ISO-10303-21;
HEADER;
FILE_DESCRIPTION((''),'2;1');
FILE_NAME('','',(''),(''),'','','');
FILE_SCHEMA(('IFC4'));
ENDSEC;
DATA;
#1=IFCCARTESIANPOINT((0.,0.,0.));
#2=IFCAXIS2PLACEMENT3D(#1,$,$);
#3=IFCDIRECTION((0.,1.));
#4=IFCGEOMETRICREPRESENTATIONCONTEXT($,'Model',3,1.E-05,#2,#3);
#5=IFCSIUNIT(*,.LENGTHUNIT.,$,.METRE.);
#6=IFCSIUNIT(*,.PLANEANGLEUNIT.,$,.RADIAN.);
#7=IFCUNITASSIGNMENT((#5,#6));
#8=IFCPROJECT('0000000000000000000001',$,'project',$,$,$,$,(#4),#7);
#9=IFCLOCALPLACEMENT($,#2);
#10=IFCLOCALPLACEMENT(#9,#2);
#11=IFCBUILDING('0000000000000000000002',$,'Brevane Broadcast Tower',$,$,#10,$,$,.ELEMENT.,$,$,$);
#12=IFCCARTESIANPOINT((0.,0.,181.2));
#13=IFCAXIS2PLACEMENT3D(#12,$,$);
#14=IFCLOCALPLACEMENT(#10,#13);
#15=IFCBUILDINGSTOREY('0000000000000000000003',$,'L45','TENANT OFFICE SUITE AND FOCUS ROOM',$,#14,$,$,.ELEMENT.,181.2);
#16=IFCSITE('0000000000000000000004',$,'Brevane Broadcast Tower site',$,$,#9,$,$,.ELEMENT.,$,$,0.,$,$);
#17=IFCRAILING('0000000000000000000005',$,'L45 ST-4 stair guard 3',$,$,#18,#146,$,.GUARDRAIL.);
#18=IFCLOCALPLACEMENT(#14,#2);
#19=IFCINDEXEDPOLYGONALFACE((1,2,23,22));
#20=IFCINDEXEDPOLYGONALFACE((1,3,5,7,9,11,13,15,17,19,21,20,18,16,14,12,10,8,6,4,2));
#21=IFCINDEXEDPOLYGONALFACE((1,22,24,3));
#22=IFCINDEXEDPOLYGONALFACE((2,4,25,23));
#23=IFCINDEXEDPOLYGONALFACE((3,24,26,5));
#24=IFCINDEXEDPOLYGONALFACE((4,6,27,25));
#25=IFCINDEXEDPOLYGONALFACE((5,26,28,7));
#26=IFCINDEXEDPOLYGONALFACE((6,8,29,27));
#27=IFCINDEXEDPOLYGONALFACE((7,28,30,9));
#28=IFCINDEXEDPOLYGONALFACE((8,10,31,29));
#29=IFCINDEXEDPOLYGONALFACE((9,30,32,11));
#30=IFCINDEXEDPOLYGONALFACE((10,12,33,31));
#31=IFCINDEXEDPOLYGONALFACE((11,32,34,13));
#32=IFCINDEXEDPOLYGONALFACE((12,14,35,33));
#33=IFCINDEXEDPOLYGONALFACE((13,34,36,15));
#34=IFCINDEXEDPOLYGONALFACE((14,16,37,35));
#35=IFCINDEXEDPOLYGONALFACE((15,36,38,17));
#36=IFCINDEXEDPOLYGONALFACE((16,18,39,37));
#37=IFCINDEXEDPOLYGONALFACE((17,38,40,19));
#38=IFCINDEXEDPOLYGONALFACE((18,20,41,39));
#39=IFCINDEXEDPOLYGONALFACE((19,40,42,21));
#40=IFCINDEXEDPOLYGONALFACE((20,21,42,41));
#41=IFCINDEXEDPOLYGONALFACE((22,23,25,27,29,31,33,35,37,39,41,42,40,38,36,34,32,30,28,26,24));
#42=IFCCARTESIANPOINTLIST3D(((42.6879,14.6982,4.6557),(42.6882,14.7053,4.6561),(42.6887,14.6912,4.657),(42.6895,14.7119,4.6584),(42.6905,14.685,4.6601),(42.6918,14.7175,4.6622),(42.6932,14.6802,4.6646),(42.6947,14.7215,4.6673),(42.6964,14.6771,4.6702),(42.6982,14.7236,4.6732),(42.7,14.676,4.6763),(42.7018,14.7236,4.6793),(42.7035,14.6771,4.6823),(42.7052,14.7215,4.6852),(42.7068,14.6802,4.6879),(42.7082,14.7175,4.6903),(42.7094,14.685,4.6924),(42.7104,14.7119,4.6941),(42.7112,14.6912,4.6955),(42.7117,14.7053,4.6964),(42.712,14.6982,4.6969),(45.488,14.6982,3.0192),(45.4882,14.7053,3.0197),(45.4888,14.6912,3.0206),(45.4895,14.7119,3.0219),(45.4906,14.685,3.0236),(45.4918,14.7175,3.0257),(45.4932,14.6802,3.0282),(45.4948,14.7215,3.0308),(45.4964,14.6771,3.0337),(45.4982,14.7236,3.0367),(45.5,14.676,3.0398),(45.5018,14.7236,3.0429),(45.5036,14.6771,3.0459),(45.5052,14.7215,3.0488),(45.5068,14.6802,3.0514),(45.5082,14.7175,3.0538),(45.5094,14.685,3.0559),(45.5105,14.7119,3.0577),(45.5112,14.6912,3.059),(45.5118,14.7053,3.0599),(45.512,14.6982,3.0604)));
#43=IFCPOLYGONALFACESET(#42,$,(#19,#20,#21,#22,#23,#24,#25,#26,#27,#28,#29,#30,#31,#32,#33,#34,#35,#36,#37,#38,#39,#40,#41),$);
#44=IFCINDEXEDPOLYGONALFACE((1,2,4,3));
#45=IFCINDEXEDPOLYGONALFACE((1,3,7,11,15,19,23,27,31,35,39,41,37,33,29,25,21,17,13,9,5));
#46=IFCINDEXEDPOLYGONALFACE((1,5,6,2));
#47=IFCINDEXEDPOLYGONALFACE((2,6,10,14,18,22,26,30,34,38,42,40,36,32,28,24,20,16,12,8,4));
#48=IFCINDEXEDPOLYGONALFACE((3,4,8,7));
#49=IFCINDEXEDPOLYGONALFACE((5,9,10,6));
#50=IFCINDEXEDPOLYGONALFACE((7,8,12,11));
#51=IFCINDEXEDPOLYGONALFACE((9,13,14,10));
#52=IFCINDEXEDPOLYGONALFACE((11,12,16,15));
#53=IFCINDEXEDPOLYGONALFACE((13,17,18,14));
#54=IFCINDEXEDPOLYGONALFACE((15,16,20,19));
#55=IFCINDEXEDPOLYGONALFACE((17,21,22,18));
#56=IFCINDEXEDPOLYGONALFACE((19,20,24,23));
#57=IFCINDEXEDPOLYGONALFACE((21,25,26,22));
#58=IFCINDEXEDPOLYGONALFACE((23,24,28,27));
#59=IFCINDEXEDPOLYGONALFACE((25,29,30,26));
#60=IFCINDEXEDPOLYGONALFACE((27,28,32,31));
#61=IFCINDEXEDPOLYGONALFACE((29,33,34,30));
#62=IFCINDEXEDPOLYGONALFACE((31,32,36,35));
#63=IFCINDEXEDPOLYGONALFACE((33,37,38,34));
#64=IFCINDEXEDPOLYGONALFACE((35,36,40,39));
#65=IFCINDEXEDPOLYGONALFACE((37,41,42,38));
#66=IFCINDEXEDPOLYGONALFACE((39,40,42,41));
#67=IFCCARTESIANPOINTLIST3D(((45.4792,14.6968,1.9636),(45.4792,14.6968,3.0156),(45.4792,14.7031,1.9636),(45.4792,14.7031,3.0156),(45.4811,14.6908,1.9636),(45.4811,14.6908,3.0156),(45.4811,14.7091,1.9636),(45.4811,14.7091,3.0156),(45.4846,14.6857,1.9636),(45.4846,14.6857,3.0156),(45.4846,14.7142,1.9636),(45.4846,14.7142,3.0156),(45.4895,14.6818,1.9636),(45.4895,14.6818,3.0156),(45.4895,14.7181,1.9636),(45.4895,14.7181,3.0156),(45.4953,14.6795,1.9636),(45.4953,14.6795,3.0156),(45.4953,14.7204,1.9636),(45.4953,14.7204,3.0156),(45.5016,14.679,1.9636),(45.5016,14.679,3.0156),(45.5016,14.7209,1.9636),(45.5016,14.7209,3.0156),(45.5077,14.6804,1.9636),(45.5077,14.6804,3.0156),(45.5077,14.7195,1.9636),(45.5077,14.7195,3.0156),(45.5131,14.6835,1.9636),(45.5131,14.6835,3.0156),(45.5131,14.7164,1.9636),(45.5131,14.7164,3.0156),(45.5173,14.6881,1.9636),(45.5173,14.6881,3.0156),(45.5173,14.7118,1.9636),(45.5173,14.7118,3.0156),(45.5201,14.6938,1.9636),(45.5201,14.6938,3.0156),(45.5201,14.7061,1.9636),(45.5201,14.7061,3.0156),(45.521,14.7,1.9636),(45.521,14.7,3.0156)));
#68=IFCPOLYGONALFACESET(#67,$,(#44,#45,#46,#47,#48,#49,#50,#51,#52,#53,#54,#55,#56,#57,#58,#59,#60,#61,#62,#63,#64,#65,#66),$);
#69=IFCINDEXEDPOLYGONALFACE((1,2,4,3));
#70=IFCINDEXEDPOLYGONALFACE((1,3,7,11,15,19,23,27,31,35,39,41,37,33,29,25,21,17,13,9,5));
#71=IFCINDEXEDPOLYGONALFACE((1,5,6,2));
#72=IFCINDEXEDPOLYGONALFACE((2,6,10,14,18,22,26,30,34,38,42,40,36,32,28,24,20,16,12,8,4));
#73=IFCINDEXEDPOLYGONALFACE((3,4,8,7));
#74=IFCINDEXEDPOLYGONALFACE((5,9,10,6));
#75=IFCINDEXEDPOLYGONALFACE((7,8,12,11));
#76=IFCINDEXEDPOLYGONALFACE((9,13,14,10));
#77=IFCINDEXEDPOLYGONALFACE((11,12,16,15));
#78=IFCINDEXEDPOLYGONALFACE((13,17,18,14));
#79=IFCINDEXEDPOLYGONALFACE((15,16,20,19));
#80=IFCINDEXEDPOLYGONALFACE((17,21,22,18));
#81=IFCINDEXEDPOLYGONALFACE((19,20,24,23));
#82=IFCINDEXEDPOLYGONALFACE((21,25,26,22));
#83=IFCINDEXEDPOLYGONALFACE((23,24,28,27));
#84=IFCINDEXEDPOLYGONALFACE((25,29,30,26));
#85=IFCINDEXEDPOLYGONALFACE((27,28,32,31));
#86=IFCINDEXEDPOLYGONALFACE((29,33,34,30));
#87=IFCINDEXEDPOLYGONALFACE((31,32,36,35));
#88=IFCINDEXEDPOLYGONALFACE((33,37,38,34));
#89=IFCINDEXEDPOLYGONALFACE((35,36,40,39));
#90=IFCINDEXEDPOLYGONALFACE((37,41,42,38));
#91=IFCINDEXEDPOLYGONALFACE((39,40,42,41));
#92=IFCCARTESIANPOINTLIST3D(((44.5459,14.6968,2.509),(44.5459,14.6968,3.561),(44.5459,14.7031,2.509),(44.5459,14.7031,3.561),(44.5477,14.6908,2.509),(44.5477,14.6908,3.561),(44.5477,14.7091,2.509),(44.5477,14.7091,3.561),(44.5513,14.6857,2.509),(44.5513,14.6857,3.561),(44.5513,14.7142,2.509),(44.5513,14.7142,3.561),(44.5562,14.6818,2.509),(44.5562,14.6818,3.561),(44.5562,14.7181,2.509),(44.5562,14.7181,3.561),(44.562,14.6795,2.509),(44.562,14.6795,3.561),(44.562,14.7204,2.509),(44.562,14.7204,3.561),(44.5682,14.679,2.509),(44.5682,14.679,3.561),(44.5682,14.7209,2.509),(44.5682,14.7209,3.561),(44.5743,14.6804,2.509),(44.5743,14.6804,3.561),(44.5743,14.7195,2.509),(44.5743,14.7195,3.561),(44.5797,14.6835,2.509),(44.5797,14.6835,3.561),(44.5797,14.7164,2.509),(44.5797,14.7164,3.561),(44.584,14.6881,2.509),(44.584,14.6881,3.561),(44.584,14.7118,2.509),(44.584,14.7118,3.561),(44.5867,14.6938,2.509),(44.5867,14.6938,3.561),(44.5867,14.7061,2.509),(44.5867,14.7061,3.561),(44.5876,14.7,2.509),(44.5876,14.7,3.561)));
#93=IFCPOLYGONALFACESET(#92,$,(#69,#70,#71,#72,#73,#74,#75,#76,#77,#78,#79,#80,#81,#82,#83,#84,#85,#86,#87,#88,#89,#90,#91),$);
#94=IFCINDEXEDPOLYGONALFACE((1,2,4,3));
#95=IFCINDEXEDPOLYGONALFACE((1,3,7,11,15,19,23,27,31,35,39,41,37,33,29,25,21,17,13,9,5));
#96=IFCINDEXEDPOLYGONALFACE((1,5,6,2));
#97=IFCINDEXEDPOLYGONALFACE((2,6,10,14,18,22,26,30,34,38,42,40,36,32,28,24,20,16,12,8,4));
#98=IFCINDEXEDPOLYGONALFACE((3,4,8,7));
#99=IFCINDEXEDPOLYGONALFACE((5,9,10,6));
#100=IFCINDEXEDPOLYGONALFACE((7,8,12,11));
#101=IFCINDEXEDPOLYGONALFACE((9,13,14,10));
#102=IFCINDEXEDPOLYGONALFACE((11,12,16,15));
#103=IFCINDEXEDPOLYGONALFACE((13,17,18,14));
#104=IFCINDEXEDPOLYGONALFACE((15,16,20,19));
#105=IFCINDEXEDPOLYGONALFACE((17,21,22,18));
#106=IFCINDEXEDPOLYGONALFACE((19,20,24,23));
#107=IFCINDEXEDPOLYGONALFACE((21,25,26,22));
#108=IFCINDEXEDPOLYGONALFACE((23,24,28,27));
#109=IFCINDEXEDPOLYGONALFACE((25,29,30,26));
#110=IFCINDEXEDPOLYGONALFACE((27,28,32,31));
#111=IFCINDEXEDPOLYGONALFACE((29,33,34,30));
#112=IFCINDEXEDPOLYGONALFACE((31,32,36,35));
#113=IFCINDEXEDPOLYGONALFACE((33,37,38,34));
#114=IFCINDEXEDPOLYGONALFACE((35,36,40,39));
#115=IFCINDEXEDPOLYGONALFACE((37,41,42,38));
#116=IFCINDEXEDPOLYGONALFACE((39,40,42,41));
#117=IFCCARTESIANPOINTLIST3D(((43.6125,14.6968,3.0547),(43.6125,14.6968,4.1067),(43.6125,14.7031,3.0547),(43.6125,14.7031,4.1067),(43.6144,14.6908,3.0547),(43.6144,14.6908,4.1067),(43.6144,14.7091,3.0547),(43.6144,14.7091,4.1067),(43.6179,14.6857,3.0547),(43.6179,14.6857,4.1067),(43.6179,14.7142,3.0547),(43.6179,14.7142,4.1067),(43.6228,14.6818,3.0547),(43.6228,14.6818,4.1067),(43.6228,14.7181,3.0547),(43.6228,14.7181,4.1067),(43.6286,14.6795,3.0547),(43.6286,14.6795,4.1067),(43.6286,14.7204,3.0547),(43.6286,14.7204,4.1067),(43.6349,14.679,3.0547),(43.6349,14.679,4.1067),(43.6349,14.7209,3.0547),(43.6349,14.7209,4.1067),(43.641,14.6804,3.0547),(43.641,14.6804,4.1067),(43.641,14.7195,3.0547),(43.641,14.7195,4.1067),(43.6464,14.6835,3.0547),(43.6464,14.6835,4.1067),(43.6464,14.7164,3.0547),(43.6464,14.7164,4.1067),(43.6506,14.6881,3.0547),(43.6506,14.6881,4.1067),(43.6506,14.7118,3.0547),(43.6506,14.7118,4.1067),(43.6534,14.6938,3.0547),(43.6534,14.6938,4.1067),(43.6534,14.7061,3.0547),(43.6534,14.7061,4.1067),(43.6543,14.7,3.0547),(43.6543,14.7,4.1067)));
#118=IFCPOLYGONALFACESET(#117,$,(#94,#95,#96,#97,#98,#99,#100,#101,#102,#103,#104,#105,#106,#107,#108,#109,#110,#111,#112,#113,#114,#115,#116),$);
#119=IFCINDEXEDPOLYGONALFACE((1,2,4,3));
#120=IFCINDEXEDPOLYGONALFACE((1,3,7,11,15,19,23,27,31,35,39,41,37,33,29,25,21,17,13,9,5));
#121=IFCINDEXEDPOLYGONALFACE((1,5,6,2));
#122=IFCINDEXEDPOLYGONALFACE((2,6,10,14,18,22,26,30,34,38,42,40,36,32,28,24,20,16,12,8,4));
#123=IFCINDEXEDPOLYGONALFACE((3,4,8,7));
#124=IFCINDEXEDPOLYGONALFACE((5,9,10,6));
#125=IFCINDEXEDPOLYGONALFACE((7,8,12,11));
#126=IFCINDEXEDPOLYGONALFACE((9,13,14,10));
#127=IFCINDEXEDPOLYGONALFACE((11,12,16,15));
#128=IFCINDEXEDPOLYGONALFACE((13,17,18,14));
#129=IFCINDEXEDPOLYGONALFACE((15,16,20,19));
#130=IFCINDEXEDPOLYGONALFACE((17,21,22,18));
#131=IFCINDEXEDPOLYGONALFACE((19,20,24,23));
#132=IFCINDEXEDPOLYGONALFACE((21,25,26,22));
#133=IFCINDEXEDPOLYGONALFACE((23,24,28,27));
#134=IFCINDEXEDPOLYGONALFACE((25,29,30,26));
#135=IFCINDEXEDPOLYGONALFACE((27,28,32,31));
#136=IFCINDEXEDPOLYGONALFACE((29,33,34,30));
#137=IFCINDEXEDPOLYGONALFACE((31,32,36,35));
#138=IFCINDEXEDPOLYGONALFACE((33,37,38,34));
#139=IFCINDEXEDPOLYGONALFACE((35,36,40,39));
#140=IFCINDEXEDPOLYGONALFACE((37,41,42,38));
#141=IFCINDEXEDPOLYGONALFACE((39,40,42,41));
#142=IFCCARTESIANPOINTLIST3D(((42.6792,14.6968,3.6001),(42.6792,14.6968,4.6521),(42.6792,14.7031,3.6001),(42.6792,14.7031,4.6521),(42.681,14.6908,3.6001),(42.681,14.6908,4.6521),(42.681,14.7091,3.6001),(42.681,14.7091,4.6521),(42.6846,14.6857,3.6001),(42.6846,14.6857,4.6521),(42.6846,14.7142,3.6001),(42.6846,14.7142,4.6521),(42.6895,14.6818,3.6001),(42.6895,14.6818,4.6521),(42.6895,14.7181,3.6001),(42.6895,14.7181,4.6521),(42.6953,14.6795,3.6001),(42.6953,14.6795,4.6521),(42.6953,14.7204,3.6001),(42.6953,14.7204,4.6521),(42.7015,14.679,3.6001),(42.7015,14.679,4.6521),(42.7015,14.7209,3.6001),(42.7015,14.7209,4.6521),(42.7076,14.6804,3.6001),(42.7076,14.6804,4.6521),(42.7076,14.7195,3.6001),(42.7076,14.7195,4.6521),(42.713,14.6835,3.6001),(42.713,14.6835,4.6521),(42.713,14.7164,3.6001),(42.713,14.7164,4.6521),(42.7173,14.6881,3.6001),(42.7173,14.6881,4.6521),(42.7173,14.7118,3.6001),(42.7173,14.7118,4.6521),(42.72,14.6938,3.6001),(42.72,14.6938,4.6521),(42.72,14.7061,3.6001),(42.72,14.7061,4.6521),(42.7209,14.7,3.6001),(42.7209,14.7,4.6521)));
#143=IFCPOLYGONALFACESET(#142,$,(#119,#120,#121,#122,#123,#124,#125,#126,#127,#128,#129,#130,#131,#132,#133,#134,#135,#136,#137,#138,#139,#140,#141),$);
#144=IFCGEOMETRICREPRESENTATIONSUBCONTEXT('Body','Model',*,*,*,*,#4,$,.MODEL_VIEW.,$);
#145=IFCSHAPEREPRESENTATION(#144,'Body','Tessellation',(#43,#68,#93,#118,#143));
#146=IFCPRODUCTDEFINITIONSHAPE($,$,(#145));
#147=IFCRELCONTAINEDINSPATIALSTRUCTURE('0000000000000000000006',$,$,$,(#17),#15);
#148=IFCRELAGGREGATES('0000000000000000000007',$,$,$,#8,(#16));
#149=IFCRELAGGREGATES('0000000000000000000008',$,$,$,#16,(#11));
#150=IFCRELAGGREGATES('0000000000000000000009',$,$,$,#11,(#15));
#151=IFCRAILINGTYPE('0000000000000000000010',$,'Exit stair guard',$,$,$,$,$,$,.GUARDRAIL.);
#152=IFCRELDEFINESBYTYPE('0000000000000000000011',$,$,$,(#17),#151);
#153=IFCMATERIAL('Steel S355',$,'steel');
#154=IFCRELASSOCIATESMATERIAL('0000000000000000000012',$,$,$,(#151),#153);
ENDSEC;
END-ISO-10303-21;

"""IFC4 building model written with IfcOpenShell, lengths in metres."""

from ifc_helpers import new_model, si_unit, direction, frame, origin, origin_2d, place, context, subcontext, project, spatial, circle, extrude, material, type_object, element, save


model = new_model("IFC4")

# Units and contexts
model_context = context("Model", 3, precision=1e-05, world=origin(), true_north=direction((0.0, 1.0)))
body_context = subcontext(model_context, "Body", "Model", "MODEL_VIEW")
ifc_project = project(units=[si_unit("LENGTHUNIT", "METRE"), si_unit("PLANEANGLEUNIT", "RADIAN")], contexts=[model_context])

# Site, building, storey
site_placement = place(None, origin())
site = spatial("IfcSite", under=ifc_project, at=site_placement, Name="Brevane Broadcast Tower site", CompositionType="ELEMENT", RefElevation=0.0)
building_placement = place(site_placement, origin())
building = spatial("IfcBuilding", under=site, at=building_placement, Name="Brevane Broadcast Tower", CompositionType="ELEMENT")
storey_placement = place(building_placement, frame((0.0, 0.0, 181.2)))
storey = spatial("IfcBuildingStorey", under=building, at=storey_placement, Name="L45", Description="TENANT OFFICE SUITE AND FOCUS ROOM", CompositionType="ELEMENT", Elevation=181.2)

# Railing
ifc_material_1 = material(Name="Steel S355", Category="steel")
railing_type_1 = type_object("IfcRailingType", Name="Exit stair guard", PredefinedType="GUARDRAIL", material=ifc_material_1)
railing_1_placement = place(storey_placement, frame((45.5, 14.7, 1.9636)))
element("IfcRailing", 1, at=railing_1_placement, inside=storey, type_object=railing_type_1, Name="L45 ST-4 stair guard 3", PredefinedType="GUARDRAIL", context=body_context, shape_type="SweptSolid", body=[
    extrude(circle(Radius=0.0239, at=origin_2d()), frame((0.0, 0.0, 1.0762), z_axis=(-0.863361, 0.0, 0.504587), x_axis=(0.0, -1.0, 0.0)), (0.0, 0.0, 1.0), 3.2432),
    extrude(circle(Radius=0.021, at=origin_2d()), origin(), (0.0, 0.0, 1.0), 1.052),
    extrude(circle(Radius=0.021, at=origin_2d()), frame((-0.9333, 0.0, 0.5454)), (0.0, 0.0, 1.0), 1.052),
    extrude(circle(Radius=0.021, at=origin_2d()), frame((-1.8667, 0.0, 1.0911)), (0.0, 0.0, 1.0), 1.052),
    extrude(circle(Radius=0.021, at=origin_2d()), frame((-2.8, 0.0, 1.6365)), (0.0, 0.0, 1.0), 1.052),
])

save(model, "model.ifc")
